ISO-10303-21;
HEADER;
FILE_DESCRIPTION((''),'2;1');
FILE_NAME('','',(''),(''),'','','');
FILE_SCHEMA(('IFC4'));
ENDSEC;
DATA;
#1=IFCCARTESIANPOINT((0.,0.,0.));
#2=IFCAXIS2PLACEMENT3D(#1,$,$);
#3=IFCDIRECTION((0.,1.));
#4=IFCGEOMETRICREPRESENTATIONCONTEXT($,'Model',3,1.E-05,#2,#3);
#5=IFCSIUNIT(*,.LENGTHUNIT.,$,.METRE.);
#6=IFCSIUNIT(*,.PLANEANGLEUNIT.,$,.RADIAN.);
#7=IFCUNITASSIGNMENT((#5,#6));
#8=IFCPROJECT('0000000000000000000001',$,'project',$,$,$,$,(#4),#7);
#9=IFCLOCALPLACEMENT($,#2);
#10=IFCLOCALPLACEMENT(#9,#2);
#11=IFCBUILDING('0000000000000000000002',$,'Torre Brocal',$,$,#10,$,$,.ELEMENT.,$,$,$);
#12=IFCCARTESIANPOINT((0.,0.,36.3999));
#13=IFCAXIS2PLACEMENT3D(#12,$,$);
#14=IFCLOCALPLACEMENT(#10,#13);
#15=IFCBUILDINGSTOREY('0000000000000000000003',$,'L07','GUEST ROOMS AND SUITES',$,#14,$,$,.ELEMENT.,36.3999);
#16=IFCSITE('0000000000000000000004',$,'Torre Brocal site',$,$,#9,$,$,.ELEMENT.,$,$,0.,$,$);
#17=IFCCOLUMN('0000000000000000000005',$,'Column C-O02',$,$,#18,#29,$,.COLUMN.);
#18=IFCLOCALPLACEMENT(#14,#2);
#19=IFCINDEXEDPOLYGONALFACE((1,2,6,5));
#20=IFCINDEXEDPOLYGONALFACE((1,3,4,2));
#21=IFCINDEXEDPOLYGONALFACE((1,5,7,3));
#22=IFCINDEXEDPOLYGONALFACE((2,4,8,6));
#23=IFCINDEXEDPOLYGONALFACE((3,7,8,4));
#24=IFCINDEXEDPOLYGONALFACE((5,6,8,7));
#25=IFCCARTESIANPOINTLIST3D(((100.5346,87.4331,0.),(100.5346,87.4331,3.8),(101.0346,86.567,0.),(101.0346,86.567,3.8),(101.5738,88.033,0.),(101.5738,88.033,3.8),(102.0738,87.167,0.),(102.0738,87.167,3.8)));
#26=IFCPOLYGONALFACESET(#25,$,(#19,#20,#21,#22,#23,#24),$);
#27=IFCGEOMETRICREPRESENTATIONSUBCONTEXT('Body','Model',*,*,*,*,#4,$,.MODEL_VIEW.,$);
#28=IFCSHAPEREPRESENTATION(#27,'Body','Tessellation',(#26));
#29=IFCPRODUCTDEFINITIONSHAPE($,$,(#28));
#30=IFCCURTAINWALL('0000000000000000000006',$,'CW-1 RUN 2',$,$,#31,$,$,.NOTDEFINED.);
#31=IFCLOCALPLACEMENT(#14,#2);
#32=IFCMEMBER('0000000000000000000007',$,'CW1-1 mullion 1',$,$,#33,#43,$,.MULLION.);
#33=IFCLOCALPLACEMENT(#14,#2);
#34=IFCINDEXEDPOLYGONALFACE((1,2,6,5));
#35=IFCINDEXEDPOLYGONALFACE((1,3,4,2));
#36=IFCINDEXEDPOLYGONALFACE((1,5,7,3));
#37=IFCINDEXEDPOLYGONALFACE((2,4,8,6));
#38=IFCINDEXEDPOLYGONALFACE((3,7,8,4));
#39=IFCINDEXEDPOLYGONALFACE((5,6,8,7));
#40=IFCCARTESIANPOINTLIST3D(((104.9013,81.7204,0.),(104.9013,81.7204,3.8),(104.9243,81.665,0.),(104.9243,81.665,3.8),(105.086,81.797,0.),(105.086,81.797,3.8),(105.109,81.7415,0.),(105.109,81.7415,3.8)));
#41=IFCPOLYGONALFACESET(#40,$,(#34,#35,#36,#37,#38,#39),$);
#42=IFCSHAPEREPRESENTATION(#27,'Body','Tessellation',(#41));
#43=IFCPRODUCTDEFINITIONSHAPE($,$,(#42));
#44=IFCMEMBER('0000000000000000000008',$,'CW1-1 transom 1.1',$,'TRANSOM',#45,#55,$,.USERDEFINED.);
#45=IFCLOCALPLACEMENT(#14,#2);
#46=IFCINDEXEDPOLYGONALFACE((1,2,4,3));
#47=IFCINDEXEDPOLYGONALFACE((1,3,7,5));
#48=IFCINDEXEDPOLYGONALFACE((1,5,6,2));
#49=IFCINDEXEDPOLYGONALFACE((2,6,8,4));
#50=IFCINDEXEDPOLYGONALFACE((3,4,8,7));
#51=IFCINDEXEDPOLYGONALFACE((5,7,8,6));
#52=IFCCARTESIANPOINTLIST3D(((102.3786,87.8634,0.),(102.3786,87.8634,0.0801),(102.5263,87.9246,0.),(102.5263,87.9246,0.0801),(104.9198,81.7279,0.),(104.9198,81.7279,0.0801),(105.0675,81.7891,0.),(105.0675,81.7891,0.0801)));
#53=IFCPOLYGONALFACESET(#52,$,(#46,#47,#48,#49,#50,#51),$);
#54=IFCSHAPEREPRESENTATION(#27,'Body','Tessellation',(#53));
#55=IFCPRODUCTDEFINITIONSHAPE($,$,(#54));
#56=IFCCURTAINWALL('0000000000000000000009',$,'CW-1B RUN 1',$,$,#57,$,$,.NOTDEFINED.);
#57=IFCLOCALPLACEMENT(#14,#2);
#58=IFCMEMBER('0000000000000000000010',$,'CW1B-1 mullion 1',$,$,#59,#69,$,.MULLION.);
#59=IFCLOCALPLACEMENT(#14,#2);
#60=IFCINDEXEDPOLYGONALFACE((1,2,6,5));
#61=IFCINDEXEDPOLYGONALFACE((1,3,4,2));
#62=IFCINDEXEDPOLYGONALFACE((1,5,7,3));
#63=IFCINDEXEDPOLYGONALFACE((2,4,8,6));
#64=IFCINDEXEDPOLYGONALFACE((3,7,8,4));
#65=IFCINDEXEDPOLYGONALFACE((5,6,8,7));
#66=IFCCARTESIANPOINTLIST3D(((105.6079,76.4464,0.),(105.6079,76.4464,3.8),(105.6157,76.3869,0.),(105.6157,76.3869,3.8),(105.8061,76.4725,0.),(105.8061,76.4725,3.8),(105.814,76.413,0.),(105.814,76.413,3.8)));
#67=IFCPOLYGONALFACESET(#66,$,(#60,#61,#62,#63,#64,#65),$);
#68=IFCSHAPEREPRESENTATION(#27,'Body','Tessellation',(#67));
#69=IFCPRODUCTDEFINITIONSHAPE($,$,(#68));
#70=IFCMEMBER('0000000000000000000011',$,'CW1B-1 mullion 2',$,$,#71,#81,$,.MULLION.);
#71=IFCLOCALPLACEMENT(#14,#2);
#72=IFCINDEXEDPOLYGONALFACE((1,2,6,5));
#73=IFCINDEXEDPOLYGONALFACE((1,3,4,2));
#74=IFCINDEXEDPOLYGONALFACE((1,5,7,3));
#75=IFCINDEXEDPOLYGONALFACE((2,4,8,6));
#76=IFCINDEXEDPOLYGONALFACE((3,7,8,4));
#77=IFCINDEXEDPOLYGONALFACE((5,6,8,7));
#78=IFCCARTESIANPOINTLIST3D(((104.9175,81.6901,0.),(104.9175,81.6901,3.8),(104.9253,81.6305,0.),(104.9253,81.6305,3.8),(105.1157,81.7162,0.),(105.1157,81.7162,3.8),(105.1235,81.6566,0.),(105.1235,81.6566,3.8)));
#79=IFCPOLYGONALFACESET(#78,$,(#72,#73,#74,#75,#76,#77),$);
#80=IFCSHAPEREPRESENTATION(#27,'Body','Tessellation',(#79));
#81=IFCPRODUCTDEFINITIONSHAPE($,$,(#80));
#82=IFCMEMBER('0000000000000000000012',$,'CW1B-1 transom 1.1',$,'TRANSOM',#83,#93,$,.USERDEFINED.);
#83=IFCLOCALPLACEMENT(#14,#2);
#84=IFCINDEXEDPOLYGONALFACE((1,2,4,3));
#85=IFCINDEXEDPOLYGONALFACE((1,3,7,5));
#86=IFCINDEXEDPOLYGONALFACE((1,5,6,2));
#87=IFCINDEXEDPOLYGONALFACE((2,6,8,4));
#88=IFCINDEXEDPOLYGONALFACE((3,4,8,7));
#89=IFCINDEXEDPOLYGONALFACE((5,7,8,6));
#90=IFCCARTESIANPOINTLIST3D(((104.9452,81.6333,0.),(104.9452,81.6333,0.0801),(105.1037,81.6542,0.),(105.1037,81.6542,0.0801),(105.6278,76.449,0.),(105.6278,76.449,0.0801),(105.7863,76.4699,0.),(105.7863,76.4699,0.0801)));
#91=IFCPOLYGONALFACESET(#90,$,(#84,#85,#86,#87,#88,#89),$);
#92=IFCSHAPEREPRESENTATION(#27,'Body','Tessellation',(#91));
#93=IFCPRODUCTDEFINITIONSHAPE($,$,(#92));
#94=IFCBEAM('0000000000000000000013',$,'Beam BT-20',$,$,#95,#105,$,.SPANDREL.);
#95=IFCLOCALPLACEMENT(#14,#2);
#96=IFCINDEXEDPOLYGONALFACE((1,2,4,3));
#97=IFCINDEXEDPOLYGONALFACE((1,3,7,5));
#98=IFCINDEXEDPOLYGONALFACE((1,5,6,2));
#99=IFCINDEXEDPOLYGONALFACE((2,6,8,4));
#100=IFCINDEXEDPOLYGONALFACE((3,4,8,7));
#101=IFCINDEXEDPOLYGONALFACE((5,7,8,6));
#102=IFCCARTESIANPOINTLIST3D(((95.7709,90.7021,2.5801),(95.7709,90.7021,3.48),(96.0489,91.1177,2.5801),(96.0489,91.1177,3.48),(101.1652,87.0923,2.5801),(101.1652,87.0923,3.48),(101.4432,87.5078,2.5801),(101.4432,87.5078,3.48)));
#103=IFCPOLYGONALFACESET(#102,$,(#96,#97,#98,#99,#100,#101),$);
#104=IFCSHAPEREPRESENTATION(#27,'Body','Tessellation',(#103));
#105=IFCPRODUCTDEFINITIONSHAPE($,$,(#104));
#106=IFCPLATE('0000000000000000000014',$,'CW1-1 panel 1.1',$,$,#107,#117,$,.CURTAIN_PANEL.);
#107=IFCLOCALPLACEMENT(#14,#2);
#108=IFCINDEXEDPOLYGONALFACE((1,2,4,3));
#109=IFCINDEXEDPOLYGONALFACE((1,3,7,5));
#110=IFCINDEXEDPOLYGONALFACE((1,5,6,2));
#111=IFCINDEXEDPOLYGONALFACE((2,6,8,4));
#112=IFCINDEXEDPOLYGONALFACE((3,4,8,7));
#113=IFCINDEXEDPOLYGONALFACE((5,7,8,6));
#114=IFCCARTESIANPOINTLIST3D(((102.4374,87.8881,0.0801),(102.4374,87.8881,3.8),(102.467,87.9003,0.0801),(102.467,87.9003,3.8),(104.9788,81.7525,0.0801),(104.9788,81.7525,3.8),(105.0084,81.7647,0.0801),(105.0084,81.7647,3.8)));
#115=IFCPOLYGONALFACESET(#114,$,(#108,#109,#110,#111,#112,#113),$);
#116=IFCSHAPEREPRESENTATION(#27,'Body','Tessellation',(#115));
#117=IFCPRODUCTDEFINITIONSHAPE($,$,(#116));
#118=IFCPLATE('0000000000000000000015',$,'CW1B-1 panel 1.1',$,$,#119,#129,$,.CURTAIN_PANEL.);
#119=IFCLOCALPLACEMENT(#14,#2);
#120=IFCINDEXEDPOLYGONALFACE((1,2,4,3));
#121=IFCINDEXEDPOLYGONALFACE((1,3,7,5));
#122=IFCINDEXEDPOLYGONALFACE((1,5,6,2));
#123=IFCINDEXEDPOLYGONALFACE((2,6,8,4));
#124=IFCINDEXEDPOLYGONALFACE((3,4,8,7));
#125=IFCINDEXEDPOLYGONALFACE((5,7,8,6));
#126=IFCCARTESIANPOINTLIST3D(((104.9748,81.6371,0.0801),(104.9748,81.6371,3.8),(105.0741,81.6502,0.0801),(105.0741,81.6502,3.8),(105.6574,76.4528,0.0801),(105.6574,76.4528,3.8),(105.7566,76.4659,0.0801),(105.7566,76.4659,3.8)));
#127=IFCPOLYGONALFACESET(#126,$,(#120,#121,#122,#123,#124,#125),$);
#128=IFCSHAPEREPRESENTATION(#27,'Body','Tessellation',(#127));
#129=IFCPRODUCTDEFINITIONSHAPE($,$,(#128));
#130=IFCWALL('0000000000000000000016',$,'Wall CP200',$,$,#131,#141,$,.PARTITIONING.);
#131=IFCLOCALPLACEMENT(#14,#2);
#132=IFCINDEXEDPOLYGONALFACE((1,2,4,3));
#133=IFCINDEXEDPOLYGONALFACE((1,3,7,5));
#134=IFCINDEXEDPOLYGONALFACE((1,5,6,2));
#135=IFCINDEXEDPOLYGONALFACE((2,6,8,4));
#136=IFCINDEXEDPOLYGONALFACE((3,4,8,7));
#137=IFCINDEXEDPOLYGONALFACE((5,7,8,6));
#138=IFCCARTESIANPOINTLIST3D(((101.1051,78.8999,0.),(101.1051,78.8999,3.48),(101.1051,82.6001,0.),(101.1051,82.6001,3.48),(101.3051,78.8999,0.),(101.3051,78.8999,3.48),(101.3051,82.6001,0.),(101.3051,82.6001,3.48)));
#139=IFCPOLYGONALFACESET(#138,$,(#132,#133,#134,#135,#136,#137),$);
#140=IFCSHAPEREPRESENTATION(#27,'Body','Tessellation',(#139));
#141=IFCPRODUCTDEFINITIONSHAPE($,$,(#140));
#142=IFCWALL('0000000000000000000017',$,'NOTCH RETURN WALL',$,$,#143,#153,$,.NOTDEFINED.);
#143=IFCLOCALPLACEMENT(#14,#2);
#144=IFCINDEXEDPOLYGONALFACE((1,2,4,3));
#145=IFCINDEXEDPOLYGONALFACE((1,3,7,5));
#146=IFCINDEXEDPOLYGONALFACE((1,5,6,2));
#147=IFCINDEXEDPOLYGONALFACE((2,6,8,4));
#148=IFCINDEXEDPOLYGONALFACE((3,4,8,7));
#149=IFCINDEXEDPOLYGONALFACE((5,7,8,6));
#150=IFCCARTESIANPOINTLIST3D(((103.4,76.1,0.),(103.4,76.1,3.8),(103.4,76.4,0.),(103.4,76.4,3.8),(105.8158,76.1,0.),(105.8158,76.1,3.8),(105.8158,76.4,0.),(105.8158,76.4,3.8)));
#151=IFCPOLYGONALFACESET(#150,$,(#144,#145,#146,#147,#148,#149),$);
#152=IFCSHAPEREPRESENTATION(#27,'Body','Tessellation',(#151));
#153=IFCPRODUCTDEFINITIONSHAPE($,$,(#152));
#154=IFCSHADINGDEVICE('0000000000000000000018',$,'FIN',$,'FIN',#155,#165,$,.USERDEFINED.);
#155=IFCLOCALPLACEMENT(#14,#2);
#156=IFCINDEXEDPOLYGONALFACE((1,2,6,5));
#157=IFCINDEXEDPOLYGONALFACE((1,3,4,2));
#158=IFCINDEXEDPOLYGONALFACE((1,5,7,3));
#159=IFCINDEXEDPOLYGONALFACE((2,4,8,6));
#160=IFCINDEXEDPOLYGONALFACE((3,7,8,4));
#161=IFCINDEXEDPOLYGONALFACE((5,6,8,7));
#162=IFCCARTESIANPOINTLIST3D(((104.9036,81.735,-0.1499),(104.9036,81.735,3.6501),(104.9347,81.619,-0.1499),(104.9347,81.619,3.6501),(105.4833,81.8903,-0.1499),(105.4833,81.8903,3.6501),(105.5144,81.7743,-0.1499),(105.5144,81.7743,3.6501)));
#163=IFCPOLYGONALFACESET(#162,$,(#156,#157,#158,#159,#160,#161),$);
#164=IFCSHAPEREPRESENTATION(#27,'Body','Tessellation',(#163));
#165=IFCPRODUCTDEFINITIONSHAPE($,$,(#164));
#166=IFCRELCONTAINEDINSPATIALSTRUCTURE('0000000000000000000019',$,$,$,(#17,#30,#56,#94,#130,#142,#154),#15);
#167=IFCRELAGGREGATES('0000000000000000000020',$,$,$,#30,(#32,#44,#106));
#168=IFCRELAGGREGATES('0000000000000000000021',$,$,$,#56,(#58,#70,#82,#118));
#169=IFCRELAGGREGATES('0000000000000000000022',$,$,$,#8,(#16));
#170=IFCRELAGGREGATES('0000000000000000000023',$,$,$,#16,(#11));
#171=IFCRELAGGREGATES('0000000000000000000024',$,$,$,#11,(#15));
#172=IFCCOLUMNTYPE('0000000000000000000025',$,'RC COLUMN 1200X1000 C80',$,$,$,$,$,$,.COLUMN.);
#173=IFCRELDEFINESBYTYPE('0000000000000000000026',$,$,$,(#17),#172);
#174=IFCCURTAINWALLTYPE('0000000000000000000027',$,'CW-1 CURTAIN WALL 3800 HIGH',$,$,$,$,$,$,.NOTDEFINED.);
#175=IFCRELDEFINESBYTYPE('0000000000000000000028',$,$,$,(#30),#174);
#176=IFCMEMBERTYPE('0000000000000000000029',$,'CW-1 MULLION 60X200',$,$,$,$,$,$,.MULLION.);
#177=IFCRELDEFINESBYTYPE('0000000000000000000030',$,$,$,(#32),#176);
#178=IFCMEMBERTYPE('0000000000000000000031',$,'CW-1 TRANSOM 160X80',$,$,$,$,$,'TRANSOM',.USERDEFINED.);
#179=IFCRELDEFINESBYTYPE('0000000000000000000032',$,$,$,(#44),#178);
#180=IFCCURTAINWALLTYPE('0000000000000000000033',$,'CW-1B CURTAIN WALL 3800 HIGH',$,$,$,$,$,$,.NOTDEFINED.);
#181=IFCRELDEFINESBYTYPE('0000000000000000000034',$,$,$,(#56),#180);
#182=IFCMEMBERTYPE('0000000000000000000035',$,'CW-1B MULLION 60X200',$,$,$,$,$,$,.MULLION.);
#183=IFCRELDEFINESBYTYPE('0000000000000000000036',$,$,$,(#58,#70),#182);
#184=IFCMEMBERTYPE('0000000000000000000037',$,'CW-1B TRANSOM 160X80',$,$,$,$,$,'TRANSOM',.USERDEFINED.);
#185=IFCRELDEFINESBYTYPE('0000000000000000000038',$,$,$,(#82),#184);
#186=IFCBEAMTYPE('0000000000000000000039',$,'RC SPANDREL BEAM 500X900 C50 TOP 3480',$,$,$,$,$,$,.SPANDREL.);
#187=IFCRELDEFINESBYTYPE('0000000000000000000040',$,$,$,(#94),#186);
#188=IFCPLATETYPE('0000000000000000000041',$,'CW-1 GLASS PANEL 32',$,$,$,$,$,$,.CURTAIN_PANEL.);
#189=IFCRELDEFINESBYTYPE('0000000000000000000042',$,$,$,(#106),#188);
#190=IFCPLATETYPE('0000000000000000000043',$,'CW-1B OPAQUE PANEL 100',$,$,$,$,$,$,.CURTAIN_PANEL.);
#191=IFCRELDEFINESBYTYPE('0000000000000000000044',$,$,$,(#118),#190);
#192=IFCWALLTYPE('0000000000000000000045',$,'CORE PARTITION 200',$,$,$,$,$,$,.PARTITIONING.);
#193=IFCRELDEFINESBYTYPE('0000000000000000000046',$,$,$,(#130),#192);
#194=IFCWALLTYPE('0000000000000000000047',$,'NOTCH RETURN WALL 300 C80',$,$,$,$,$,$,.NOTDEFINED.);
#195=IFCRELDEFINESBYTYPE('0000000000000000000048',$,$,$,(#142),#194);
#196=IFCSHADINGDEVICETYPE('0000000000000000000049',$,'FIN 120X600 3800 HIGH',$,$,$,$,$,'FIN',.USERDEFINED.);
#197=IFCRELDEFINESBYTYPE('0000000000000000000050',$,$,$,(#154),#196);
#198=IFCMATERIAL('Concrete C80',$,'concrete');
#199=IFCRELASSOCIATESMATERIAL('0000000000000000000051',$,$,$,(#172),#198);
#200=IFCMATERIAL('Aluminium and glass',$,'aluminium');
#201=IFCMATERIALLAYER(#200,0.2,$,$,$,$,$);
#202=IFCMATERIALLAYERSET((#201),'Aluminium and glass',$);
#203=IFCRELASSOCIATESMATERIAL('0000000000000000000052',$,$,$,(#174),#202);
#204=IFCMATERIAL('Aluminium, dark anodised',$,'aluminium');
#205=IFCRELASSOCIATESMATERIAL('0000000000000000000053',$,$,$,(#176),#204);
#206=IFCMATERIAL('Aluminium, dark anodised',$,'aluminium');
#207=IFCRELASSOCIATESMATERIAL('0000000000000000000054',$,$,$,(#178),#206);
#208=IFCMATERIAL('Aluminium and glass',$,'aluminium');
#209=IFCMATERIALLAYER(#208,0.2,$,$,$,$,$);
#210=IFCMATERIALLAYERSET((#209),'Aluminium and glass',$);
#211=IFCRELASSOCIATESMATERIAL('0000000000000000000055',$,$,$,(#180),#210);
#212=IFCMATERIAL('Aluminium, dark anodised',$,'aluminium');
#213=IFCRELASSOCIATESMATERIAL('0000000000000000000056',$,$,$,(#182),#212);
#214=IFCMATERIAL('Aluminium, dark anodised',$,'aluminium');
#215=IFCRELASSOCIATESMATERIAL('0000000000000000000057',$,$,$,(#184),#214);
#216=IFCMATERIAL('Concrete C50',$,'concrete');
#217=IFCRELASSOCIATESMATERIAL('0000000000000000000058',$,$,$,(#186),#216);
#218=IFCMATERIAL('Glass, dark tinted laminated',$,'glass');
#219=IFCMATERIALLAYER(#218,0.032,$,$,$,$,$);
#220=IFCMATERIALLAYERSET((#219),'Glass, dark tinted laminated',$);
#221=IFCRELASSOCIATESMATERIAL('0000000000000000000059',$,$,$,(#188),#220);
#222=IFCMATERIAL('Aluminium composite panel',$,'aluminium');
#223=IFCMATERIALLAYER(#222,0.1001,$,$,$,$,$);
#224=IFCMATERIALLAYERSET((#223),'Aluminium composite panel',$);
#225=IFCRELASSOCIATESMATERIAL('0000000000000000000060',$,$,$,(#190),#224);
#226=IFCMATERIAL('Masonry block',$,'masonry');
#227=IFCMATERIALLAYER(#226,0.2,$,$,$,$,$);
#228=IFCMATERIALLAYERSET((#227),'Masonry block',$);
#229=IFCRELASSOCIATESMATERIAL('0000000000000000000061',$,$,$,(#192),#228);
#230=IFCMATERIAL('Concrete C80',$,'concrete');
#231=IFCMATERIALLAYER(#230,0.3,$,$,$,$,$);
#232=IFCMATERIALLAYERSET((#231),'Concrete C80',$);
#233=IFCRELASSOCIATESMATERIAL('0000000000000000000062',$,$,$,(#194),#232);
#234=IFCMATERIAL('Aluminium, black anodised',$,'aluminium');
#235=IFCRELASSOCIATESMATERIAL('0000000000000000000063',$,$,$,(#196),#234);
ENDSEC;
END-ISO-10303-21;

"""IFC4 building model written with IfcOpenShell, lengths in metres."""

from ifc_helpers import new_model, si_unit, direction, frame, frame_2d, origin, origin_2d, place, context, subcontext, project, spatial, rectangle, extrude, material, layer, layer_set, material_profile, profile_set, type_object, element, aggregate, save


model = new_model("IFC4")

# Units and contexts
model_context = context("Model", 3, precision=1e-05, world=origin(), true_north=direction((0.0, 1.0)))
body_context = subcontext(model_context, "Body", "Model", "MODEL_VIEW")
ifc_project = project(units=[si_unit("LENGTHUNIT", "METRE"), si_unit("PLANEANGLEUNIT", "RADIAN")], contexts=[model_context])

# Site, building, storey
site_placement = place(None, origin())
site = spatial("IfcSite", under=ifc_project, at=site_placement, Name="Torre Brocal site", CompositionType="ELEMENT", RefElevation=0.0)
building_placement = place(site_placement, origin())
building = spatial("IfcBuilding", under=site, at=building_placement, Name="Torre Brocal", CompositionType="ELEMENT")
storey_placement = place(building_placement, frame((0.0, 0.0, 36.3999)))
storey = spatial("IfcBuildingStorey", under=building, at=storey_placement, Name="L07", Description="GUEST ROOMS AND SUITES", CompositionType="ELEMENT", Elevation=36.3999)

# Column
ifc_material_1 = material(Name="Concrete C80", Category="concrete")
ifc_material_profile_1 = material_profile(ifc_material_1, rectangle(XDim=1.2, YDim=1.0, at=origin_2d()), Name="RC 1200X1000")
ifc_profile_set_1 = profile_set([ifc_material_profile_1], Name="Concrete C80")
column_type = type_object("IfcColumnType", Name="RC COLUMN 1200X1000 C80", PredefinedType="COLUMN", material=ifc_profile_set_1)
column_placement = place(storey_placement, frame((101.3042, 87.3, 0.0), z_axis=(0.0, 0.0, 1.0), x_axis=(0.866025, 0.5, 0.0)))
element("IfcColumn", 1, at=column_placement, inside=storey, type_object=column_type, Name="Column C-O02", PredefinedType="COLUMN", context=body_context, shape_type="SweptSolid", body=[
    extrude(rectangle(XDim=1.2, YDim=1.0, at=origin_2d()), origin(), (0.0, 0.0, 1.0), 3.8),
])

# Curtain walls, members
ifc_material_2 = material(Name="Aluminium and glass", Category="aluminium")
ifc_layer_1 = layer(ifc_material_2, 0.2)
ifc_layer_set_1 = layer_set([ifc_layer_1], Name="Aluminium and glass")
curtain_wall_type_1 = type_object("IfcCurtainWallType", Name="CW-1 CURTAIN WALL 3800 HIGH", PredefinedType="NOTDEFINED", material=ifc_layer_set_1)
curtain_wall_1_placement = place(storey_placement, origin())
curtain_wall_1 = element("IfcCurtainWall", 2, at=curtain_wall_1_placement, inside=storey, type_object=curtain_wall_type_1, Name="CW-1 RUN 2", PredefinedType="NOTDEFINED")
ifc_material_3 = material(Name="Aluminium, dark anodised", Category="aluminium")
ifc_material_profile_2 = material_profile(ifc_material_3, rectangle(XDim=0.2, YDim=0.0601, at=origin_2d()), Name="CW-1 MULLION 60X200")
ifc_profile_set_2 = profile_set([ifc_material_profile_2], Name="Aluminium, dark anodised")
member_type_1 = type_object("IfcMemberType", Name="CW-1 MULLION 60X200", PredefinedType="MULLION", material=ifc_profile_set_2)
member_1_placement = place(storey_placement, frame((105.0051, 81.731, 0.0), z_axis=(0.0, 0.0, 1.0), x_axis=(-0.92388, -0.382683, 0.0)))
member_1 = element("IfcMember", 3, at=member_1_placement, type_object=member_type_1, Name="CW1-1 mullion 1", PredefinedType="MULLION", context=body_context, shape_type="SweptSolid", body=[
    extrude(rectangle(XDim=0.2, YDim=0.0601, at=origin_2d()), origin(), (0.0, 0.0, 1.0), 3.8),
])
ifc_material_4 = material(Name="Aluminium, dark anodised", Category="aluminium")
ifc_material_profile_3 = material_profile(ifc_material_4, rectangle(XDim=0.1599, YDim=0.0801, at=origin_2d()), Name="CW-1 TRANSOM 160X80")
ifc_profile_set_3 = profile_set([ifc_material_profile_3], Name="Aluminium, dark anodised")
member_type_2 = type_object("IfcMemberType", Name="CW-1 TRANSOM 160X80", ElementType="TRANSOM", PredefinedType="USERDEFINED", material=ifc_profile_set_3)
member_2_placement = place(storey_placement, frame((104.9937, 81.7585, 0.04), z_axis=(-0.382665, 0.923887, 0.0), x_axis=(-0.923887, -0.382665, 0.0)))
member_2 = element("IfcMember", 4, at=member_2_placement, type_object=member_type_2, Name="CW1-1 transom 1.1", ObjectType="TRANSOM", PredefinedType="USERDEFINED", context=body_context, shape_type="SweptSolid", body=[
    extrude(rectangle(XDim=0.1599, YDim=0.0801, at=origin_2d()), origin(), (0.0, 0.0, 1.0), 6.6409),
])
ifc_material_5 = material(Name="Aluminium and glass", Category="aluminium")
ifc_layer_2 = layer(ifc_material_5, 0.2)
ifc_layer_set_2 = layer_set([ifc_layer_2], Name="Aluminium and glass")
curtain_wall_type_2 = type_object("IfcCurtainWallType", Name="CW-1B CURTAIN WALL 3800 HIGH", PredefinedType="NOTDEFINED", material=ifc_layer_set_2)
curtain_wall_2_placement = place(storey_placement, origin())
curtain_wall_2 = element("IfcCurtainWall", 5, at=curtain_wall_2_placement, inside=storey, type_object=curtain_wall_type_2, Name="CW-1B RUN 1", PredefinedType="NOTDEFINED")
ifc_material_6 = material(Name="Aluminium, dark anodised", Category="aluminium")
ifc_material_profile_4 = material_profile(ifc_material_6, rectangle(XDim=0.2, YDim=0.0601, at=origin_2d()), Name="CW-1B MULLION 60X200")
ifc_profile_set_4 = profile_set([ifc_material_profile_4], Name="Aluminium, dark anodised")
member_type_3 = type_object("IfcMemberType", Name="CW-1B MULLION 60X200", PredefinedType="MULLION", material=ifc_profile_set_4)
member_3_placement = place(storey_placement, frame((105.7109, 76.4297, 0.0), z_axis=(0.0, 0.0, 1.0), x_axis=(-0.991445, -0.130526, 0.0)))
member_3 = element("IfcMember", 6, at=member_3_placement, type_object=member_type_3, Name="CW1B-1 mullion 1", PredefinedType="MULLION", context=body_context, shape_type="SweptSolid", body=[
    extrude(rectangle(XDim=0.2, YDim=0.0601, at=origin_2d()), origin(), (0.0, 0.0, 1.0), 3.8),
])
member_4_placement = place(storey_placement, frame((105.0205, 81.6733, 0.0), z_axis=(0.0, 0.0, 1.0), x_axis=(-0.991445, -0.130526, 0.0)))
member_4 = element("IfcMember", 7, at=member_4_placement, type_object=member_type_3, Name="CW1B-1 mullion 2", PredefinedType="MULLION", context=body_context, shape_type="SweptSolid", body=[
    extrude(rectangle(XDim=0.2, YDim=0.0601, at=origin_2d()), origin(), (0.0, 0.0, 1.0), 3.8),
])
ifc_material_7 = material(Name="Aluminium, dark anodised", Category="aluminium")
ifc_material_profile_5 = material_profile(ifc_material_7, rectangle(XDim=0.1599, YDim=0.0801, at=origin_2d()), Name="CW-1B TRANSOM 160X80")
ifc_profile_set_5 = profile_set([ifc_material_profile_5], Name="Aluminium, dark anodised")
member_type_4 = type_object("IfcMemberType", Name="CW-1B TRANSOM 160X80", ElementType="TRANSOM", PredefinedType="USERDEFINED", material=ifc_profile_set_5)
member_5_placement = place(storey_placement, frame((105.707, 76.4595, 0.04), z_axis=(-0.130543, 0.991443, 0.0), x_axis=(-0.991443, -0.130543, 0.0)))
member_5 = element("IfcMember", 8, at=member_5_placement, type_object=member_type_4, Name="CW1B-1 transom 1.1", ObjectType="TRANSOM", PredefinedType="USERDEFINED", context=body_context, shape_type="SweptSolid", body=[
    extrude(rectangle(XDim=0.1599, YDim=0.0801, at=origin_2d()), origin(), (0.0, 0.0, 1.0), 5.229),
])

# Beam
ifc_material_8 = material(Name="Concrete C50", Category="concrete")
ifc_material_profile_6 = material_profile(ifc_material_8, rectangle(XDim=0.5, YDim=0.8999, at=origin_2d()), Name="RC 500X900")
ifc_profile_set_6 = profile_set([ifc_material_profile_6], Name="Concrete C50")
beam_type = type_object("IfcBeamType", Name="RC SPANDREL BEAM 500X900 C50 TOP 3480", PredefinedType="SPANDREL", material=ifc_profile_set_6)
beam_placement = place(storey_placement, frame((101.3042, 87.3, 3.03), z_axis=(-0.831077, 0.556158, 0.0), x_axis=(-0.556158, -0.831077, 0.0)))
element("IfcBeam", 9, at=beam_placement, inside=storey, type_object=beam_type, Name="Beam BT-20", PredefinedType="SPANDREL", context=body_context, shape_type="SweptSolid", body=[
    extrude(rectangle(XDim=0.5, YDim=0.8999, at=origin_2d()), origin(), (0.0, 0.0, 1.0), 6.4907),
])

# Plates
ifc_material_9 = material(Name="Glass, dark tinted laminated", Category="glass")
ifc_layer_3 = layer(ifc_material_9, 0.032)
ifc_layer_set_3 = layer_set([ifc_layer_3], Name="Glass, dark tinted laminated")
plate_type_1 = type_object("IfcPlateType", Name="CW-1 GLASS PANEL 32", PredefinedType="CURTAIN_PANEL", material=ifc_layer_set_3)
plate_1_placement = place(storey_placement, frame((103.7229, 84.8264, 0.0801), z_axis=(0.0, 0.0, 1.0), x_axis=(-0.382683, 0.92388, 0.0)))
plate_1 = element("IfcPlate", 10, at=plate_1_placement, type_object=plate_type_1, Name="CW1-1 panel 1.1", PredefinedType="CURTAIN_PANEL", context=body_context, shape_type="SweptSolid", body=[
    extrude(rectangle(XDim=6.6411, YDim=0.032, at=origin_2d()), origin(), (0.0, 0.0, 1.0), 3.72),
])
aggregate(curtain_wall_1, [member_1, member_2, plate_1])
ifc_material_10 = material(Name="Aluminium composite panel", Category="aluminium")
ifc_layer_4 = layer(ifc_material_10, 0.1001)
ifc_layer_set_4 = layer_set([ifc_layer_4], Name="Aluminium composite panel")
plate_type_2 = type_object("IfcPlateType", Name="CW-1B OPAQUE PANEL 100", PredefinedType="CURTAIN_PANEL", material=ifc_layer_set_4)
plate_2_placement = place(storey_placement, frame((105.3657, 79.0515, 0.0801), z_axis=(0.0, 0.0, 1.0), x_axis=(-0.130526, 0.991445, 0.0)))
plate_2 = element("IfcPlate", 11, at=plate_2_placement, type_object=plate_type_2, Name="CW1B-1 panel 1.1", PredefinedType="CURTAIN_PANEL", context=body_context, shape_type="SweptSolid", body=[
    extrude(rectangle(XDim=5.229, YDim=0.1001, at=origin_2d()), origin(), (0.0, 0.0, 1.0), 3.72),
])
aggregate(curtain_wall_2, [member_3, member_4, member_5, plate_2])

# Walls
ifc_material_11 = material(Name="Masonry block", Category="masonry")
ifc_layer_5 = layer(ifc_material_11, 0.2)
ifc_layer_set_5 = layer_set([ifc_layer_5], Name="Masonry block")
wall_type_1 = type_object("IfcWallType", Name="CORE PARTITION 200", PredefinedType="PARTITIONING", material=ifc_layer_set_5)
wall_1_placement = place(storey_placement, frame((101.2051, 78.8999, 0.0), z_axis=(0.0, 0.0, 1.0), x_axis=(0.0, 1.0, 0.0)))
element("IfcWall", 12, at=wall_1_placement, inside=storey, type_object=wall_type_1, Name="Wall CP200", PredefinedType="PARTITIONING", context=body_context, shape_type="SweptSolid", body=[
    extrude(rectangle(XDim=3.7002, YDim=0.2, at=frame_2d((1.8501, 0.0))), origin(), (0.0, 0.0, 1.0), 3.48),
])
ifc_material_12 = material(Name="Concrete C80", Category="concrete")
ifc_layer_6 = layer(ifc_material_12, 0.3)
ifc_layer_set_6 = layer_set([ifc_layer_6], Name="Concrete C80")
wall_type_2 = type_object("IfcWallType", Name="NOTCH RETURN WALL 300 C80", PredefinedType="NOTDEFINED", material=ifc_layer_set_6)
wall_2_placement = place(storey_placement, frame((103.3999, 76.25, 0.0), z_axis=(0.0, 0.0, 1.0), x_axis=(1.0, 0.0, 0.0)))
element("IfcWall", 13, at=wall_2_placement, inside=storey, type_object=wall_type_2, Name="NOTCH RETURN WALL", PredefinedType="NOTDEFINED", context=body_context, shape_type="SweptSolid", body=[
    extrude(rectangle(XDim=2.4158, YDim=0.3, at=frame_2d((1.208, 0.0))), origin(), (0.0, 0.0, 1.0), 3.8),
])

# Shading device
ifc_material_13 = material(Name="Aluminium, black anodised", Category="aluminium")
ifc_material_profile_7 = material_profile(ifc_material_13, rectangle(XDim=0.1201, YDim=0.6001, at=origin_2d()), Name="FIN 120X600 3800 HIGH")
ifc_profile_set_7 = profile_set([ifc_material_profile_7], Name="Aluminium, black anodised")
shading_device_type = type_object("IfcShadingDeviceType", Name="FIN 120X600 3800 HIGH", ElementType="FIN", PredefinedType="USERDEFINED", material=ifc_profile_set_7)
shading_device_placement = place(storey_placement, frame((105.209, 81.7546, -0.1499), z_axis=(0.0, 0.0, 1.0), x_axis=(-0.258819, 0.965926, 0.0)))
element("IfcShadingDevice", 14, at=shading_device_placement, inside=storey, type_object=shading_device_type, Name="FIN", ObjectType="FIN", PredefinedType="USERDEFINED", context=body_context, shape_type="SweptSolid", body=[
    extrude(rectangle(XDim=0.1201, YDim=0.6001, at=origin_2d()), origin(), (0.0, 0.0, 1.0), 3.8),
])

save(model, "model.ifc")
